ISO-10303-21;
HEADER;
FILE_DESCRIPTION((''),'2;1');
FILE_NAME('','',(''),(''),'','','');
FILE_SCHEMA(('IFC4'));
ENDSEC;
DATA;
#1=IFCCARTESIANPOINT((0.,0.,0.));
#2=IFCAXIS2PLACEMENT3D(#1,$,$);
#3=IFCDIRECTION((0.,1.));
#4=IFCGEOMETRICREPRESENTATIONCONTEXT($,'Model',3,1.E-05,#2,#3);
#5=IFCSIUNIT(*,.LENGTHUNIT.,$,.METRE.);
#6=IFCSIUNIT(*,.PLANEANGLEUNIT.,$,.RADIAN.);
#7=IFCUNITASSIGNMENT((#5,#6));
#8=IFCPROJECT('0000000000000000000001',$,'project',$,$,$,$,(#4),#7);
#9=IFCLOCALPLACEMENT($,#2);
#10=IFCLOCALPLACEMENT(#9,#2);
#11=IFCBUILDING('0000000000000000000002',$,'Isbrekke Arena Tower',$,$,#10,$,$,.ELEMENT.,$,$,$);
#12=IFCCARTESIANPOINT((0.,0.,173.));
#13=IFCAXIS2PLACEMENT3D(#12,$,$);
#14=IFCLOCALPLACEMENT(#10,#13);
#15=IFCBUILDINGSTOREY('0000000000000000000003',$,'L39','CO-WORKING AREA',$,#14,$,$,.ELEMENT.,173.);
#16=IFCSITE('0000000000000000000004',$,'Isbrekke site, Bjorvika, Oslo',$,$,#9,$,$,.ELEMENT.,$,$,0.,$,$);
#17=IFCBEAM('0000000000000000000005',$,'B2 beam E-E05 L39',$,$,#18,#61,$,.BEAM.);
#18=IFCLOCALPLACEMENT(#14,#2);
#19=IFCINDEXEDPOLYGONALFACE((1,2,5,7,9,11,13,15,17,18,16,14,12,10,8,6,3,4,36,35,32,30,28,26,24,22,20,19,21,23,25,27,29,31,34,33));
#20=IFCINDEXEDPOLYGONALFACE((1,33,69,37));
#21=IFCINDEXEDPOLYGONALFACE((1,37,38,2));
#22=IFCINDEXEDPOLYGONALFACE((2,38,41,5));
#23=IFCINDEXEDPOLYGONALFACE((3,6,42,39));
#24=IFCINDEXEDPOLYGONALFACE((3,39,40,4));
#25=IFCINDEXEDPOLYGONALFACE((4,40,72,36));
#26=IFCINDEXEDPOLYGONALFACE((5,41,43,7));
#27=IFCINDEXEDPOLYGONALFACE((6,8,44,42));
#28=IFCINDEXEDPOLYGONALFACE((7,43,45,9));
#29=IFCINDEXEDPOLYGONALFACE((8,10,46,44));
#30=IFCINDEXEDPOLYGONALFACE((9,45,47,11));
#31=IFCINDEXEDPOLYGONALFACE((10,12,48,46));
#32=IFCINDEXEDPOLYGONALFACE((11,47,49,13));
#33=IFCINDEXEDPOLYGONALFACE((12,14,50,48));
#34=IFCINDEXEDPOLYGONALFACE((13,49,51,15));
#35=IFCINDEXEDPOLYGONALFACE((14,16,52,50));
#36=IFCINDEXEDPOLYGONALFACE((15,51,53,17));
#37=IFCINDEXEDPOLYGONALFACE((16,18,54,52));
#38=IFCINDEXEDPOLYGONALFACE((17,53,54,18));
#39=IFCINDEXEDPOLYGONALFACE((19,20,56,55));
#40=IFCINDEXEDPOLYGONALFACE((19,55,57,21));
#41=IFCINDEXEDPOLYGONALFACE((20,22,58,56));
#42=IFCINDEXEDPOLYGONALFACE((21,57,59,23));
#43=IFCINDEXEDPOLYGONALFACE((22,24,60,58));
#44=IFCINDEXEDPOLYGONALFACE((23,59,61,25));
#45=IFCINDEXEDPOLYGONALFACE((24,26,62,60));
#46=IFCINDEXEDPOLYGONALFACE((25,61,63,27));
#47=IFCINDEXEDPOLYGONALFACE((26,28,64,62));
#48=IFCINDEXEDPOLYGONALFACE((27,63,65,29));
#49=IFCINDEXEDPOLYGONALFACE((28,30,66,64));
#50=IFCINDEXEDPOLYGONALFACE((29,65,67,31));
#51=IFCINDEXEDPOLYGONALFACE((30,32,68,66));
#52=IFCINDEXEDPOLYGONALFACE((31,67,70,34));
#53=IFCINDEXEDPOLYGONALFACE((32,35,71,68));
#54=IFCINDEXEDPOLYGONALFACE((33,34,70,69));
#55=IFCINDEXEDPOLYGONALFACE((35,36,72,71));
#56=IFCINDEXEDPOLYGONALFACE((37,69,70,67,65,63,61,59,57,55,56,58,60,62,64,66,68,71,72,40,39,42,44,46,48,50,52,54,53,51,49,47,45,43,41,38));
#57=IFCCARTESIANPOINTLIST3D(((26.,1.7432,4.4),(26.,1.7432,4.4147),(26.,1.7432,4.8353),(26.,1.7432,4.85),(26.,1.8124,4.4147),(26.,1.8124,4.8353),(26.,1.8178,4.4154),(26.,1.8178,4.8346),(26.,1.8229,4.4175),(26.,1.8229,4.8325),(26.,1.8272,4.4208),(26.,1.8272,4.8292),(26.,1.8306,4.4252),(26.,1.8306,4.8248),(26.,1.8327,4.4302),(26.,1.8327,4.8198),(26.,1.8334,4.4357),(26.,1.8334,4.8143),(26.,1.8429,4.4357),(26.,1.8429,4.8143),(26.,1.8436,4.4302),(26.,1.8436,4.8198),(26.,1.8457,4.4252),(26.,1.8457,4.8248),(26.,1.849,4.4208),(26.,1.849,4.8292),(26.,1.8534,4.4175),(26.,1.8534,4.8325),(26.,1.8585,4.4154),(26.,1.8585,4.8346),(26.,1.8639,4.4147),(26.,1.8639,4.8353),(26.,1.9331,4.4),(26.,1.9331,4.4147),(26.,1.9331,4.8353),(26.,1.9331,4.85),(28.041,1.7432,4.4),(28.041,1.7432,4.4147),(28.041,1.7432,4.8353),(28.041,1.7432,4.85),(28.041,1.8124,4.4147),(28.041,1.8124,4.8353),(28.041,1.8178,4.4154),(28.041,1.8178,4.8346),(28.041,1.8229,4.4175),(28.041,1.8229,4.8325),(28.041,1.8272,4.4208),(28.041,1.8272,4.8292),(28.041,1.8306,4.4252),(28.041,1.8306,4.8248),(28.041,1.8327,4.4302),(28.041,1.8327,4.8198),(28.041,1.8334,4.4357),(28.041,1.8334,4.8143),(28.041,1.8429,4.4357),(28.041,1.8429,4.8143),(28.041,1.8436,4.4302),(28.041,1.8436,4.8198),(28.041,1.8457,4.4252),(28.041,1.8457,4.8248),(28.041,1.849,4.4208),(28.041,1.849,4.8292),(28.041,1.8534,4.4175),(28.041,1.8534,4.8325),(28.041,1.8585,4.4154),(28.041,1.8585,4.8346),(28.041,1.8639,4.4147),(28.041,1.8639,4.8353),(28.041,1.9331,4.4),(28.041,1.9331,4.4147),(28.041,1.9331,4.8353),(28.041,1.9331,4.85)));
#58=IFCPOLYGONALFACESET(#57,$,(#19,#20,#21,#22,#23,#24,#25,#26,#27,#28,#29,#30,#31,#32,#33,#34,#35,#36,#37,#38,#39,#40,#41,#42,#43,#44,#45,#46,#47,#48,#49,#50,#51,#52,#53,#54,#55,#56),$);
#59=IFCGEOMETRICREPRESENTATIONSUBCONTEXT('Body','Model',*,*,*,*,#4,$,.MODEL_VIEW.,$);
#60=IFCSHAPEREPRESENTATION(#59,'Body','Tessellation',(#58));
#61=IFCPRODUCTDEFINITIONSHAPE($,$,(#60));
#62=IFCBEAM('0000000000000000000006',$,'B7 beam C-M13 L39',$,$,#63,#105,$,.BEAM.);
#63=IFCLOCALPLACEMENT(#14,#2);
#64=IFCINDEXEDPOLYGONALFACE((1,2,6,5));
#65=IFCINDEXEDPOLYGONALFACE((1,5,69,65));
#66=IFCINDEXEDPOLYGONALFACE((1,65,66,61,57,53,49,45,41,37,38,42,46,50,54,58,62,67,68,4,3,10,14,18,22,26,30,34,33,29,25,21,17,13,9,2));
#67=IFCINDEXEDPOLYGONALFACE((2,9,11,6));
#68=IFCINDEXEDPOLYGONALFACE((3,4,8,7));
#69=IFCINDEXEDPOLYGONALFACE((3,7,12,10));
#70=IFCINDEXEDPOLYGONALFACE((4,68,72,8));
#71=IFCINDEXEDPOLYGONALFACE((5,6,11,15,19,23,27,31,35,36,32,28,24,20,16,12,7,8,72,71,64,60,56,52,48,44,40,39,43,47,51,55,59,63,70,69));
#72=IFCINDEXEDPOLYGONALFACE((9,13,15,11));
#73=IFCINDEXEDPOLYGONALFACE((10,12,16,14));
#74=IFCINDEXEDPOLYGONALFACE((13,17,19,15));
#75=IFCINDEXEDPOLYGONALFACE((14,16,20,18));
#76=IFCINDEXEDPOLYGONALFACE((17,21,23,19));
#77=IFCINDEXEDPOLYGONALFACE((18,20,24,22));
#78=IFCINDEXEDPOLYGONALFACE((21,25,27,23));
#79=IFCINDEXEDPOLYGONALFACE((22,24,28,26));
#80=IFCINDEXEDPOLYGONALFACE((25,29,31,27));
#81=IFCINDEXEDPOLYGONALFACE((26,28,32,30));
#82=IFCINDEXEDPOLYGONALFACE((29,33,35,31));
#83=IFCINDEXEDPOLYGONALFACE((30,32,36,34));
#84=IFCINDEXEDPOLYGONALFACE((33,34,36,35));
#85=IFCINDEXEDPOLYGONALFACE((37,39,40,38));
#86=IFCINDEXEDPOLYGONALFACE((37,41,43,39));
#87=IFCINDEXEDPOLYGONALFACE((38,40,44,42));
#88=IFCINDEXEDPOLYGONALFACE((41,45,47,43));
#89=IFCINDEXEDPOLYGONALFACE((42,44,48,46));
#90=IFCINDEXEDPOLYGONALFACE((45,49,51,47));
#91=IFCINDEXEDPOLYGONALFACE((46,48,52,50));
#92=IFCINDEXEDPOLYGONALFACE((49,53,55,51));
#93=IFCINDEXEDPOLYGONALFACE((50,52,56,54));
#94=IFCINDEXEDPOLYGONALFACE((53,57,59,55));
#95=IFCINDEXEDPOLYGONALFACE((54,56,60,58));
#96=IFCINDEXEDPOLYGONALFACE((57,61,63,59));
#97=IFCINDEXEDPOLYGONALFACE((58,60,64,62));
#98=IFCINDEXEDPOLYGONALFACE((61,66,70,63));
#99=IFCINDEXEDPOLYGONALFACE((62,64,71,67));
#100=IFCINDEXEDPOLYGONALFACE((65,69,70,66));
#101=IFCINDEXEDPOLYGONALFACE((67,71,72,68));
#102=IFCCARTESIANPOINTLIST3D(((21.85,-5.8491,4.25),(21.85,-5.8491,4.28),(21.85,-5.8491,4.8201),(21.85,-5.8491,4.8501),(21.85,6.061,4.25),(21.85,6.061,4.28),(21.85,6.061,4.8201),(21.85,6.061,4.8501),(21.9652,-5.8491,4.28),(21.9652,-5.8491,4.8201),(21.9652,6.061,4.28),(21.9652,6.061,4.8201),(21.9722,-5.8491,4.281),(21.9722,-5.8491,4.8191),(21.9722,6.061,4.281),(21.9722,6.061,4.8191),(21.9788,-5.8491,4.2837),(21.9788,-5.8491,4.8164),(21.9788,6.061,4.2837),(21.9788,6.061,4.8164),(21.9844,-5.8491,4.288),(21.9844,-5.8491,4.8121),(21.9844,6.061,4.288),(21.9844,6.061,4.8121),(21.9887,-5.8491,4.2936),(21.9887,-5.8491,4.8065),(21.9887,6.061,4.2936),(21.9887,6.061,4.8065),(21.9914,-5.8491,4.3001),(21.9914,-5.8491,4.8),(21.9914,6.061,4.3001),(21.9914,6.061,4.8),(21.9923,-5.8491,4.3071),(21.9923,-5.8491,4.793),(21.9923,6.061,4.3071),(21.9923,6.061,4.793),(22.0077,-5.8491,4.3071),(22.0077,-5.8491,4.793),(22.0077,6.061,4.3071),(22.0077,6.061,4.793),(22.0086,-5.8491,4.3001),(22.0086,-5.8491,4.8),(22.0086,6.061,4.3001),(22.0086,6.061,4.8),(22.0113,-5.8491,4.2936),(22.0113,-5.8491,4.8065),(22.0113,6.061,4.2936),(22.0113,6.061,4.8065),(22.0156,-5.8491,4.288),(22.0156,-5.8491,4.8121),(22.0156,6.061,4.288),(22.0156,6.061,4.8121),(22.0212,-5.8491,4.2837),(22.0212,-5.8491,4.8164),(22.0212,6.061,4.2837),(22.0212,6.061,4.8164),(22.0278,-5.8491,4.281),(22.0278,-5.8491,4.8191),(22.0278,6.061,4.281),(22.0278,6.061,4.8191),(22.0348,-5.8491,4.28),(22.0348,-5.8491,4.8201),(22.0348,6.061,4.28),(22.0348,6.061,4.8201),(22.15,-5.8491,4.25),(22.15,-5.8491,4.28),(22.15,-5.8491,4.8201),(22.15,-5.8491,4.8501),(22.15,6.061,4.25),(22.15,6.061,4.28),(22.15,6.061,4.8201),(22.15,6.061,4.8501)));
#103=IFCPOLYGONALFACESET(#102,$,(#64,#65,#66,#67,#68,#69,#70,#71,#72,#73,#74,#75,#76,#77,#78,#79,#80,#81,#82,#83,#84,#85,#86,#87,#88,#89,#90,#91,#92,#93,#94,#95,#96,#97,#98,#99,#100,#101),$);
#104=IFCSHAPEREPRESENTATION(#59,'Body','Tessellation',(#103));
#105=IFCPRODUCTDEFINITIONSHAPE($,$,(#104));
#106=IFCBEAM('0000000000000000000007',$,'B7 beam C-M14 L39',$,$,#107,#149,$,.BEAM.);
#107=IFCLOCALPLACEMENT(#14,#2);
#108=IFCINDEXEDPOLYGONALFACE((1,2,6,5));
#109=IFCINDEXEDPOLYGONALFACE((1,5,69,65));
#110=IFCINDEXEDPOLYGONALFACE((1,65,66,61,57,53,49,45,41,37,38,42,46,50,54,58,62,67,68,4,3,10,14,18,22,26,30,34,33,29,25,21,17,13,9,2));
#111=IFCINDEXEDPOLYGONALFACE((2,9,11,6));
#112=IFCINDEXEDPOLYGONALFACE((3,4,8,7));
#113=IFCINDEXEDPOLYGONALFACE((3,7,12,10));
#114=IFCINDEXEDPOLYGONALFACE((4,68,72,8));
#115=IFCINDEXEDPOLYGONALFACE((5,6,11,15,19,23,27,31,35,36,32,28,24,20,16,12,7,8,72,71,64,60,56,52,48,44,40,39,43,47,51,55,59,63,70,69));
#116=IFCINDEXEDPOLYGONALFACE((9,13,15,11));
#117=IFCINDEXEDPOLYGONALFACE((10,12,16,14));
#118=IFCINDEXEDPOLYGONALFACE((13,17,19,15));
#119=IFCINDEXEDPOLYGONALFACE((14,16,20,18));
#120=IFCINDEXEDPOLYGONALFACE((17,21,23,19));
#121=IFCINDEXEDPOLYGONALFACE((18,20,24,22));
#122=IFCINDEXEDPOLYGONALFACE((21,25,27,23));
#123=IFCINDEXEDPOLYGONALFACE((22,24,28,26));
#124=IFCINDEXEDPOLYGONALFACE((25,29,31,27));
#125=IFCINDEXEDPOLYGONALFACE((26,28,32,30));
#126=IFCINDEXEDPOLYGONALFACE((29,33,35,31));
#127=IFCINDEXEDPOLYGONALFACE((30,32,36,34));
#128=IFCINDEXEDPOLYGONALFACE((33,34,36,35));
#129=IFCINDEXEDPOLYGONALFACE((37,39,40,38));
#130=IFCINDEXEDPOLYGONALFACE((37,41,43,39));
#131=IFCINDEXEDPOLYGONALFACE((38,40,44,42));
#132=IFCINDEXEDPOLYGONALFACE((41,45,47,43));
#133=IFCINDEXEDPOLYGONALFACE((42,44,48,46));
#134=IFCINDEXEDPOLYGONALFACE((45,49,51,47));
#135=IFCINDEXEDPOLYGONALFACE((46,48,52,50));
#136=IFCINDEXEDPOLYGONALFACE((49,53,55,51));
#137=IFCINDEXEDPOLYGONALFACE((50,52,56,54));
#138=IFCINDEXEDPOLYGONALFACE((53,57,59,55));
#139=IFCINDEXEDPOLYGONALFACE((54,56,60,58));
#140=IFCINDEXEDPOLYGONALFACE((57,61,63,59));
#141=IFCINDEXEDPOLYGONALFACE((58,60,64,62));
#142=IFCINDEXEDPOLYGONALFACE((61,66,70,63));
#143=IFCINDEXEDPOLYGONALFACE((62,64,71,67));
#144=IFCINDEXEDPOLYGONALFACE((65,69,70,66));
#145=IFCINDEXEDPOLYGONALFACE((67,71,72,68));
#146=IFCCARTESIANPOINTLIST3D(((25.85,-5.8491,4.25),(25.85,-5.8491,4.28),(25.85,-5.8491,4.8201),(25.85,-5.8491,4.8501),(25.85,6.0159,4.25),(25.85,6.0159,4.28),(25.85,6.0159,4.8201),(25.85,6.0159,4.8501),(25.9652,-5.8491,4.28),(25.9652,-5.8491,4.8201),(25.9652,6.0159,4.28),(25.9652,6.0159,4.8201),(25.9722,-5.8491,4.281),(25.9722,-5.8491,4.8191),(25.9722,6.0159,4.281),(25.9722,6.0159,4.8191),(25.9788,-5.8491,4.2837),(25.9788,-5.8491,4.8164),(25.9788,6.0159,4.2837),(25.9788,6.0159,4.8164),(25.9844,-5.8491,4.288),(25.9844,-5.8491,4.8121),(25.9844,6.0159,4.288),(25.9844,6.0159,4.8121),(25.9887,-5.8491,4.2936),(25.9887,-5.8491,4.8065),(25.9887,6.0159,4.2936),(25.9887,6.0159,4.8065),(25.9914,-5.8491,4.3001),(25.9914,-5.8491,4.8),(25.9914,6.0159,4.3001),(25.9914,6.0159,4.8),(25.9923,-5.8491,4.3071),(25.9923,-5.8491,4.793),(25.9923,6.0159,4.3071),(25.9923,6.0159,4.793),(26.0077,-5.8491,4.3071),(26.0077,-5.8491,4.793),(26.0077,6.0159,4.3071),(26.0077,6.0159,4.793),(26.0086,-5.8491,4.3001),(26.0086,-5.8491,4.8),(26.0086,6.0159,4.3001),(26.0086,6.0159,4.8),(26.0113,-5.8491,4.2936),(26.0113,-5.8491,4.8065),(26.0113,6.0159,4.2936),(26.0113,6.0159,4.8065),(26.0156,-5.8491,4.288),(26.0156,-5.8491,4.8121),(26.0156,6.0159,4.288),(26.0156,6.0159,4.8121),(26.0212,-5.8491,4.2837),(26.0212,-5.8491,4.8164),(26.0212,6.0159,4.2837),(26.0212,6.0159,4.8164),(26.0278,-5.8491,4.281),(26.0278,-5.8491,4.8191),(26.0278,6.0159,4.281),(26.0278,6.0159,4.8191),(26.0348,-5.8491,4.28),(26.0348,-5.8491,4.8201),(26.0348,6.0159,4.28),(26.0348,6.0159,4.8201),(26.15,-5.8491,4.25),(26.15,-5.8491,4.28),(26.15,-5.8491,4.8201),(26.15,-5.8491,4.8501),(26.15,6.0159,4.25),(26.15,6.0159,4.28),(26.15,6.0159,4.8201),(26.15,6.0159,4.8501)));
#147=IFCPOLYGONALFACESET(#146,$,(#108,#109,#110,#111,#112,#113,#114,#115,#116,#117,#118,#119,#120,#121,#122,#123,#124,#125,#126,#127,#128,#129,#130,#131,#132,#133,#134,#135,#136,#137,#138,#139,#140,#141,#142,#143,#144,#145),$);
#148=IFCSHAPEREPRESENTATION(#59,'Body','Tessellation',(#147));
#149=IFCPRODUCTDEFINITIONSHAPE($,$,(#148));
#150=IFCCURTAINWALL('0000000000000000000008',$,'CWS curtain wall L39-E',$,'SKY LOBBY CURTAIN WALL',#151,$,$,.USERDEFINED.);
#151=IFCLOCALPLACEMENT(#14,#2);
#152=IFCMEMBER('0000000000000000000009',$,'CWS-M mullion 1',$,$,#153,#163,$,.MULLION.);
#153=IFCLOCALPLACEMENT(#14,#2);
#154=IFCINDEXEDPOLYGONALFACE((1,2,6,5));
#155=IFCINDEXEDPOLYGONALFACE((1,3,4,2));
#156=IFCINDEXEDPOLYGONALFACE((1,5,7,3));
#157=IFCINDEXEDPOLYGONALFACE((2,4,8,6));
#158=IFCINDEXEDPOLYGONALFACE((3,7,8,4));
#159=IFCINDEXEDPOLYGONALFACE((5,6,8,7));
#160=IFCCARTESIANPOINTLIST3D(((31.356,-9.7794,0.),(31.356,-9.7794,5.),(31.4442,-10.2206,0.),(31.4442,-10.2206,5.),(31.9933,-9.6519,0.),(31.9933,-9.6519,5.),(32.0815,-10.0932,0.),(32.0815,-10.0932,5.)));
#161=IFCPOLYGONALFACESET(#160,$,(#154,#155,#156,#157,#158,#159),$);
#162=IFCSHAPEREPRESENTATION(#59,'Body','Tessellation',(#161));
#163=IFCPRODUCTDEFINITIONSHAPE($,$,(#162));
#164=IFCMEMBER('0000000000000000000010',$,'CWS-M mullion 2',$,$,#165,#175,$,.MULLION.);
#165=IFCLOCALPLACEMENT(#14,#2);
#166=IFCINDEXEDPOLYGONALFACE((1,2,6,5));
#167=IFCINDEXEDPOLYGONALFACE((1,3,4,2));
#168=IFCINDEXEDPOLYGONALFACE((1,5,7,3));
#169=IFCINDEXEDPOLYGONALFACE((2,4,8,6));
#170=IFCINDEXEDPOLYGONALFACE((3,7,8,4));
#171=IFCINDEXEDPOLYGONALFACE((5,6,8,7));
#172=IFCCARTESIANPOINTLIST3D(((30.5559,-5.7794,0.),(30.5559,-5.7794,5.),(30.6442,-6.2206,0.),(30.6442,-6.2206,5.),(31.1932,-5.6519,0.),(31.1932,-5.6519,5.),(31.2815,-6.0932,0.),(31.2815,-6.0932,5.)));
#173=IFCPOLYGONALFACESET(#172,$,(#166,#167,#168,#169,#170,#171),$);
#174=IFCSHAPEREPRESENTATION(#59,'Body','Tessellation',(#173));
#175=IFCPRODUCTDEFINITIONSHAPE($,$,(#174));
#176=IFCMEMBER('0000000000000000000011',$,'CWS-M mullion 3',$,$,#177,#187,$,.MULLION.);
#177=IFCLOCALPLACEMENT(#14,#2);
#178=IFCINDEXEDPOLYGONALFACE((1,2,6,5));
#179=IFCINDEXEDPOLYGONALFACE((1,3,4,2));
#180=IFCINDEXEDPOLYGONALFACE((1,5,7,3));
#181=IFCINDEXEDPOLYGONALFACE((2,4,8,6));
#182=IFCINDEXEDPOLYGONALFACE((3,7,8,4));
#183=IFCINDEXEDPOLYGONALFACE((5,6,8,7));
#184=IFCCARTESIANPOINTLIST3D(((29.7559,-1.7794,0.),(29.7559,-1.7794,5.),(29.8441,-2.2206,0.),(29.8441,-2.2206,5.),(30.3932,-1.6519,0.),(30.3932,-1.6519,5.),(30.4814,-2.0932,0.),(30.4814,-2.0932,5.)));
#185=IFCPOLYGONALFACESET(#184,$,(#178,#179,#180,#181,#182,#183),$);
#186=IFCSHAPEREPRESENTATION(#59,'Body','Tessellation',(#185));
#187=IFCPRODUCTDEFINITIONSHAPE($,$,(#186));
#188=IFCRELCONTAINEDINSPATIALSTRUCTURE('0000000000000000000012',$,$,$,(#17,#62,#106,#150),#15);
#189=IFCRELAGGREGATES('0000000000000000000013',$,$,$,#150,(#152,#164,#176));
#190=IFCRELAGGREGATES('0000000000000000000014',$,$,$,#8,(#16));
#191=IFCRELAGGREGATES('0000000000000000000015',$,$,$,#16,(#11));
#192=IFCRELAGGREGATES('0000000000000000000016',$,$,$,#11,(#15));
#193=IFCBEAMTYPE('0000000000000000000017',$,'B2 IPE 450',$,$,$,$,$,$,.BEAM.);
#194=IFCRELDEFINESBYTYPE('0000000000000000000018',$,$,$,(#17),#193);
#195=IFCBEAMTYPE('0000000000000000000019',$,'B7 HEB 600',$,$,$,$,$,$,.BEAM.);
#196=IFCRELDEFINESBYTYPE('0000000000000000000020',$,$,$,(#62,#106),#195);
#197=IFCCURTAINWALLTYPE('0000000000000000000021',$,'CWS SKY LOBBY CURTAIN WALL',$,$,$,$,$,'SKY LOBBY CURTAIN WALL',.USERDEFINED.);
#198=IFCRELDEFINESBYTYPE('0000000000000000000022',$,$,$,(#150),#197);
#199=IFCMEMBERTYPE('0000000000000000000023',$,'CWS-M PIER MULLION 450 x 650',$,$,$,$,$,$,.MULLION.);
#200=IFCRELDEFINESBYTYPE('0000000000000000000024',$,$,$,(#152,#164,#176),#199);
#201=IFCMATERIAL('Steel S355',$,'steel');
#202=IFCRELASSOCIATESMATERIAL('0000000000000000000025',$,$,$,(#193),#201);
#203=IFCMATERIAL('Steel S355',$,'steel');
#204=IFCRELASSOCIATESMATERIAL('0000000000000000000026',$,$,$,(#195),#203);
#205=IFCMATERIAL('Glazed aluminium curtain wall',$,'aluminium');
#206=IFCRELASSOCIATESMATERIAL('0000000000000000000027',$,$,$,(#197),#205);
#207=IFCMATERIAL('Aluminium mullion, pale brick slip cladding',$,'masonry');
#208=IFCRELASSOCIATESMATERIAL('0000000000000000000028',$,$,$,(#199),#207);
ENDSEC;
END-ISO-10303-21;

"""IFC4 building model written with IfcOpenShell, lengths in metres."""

from ifc_helpers import new_model, si_unit, direction, frame, origin, origin_2d, place, context, subcontext, project, spatial, rectangle, i_section, extrude, material, material_profile, profile_set, type_object, element, aggregate, save


model = new_model("IFC4")

# Units and contexts
model_context = context("Model", 3, precision=1e-05, world=origin(), true_north=direction((0.0, 1.0)))
body_context = subcontext(model_context, "Body", "Model", "MODEL_VIEW")
ifc_project = project(units=[si_unit("LENGTHUNIT", "METRE"), si_unit("PLANEANGLEUNIT", "RADIAN")], contexts=[model_context])

# Site, building, storey
site_placement = place(None, origin())
site = spatial("IfcSite", under=ifc_project, at=site_placement, Name="Isbrekke site, Bjorvika, Oslo", CompositionType="ELEMENT", RefElevation=0.0)
building_placement = place(site_placement, origin())
building = spatial("IfcBuilding", under=site, at=building_placement, Name="Isbrekke Arena Tower", CompositionType="ELEMENT")
storey_placement = place(building_placement, frame((0.0, 0.0, 173.0)))
storey = spatial("IfcBuildingStorey", under=building, at=storey_placement, Name="L39", Description="CO-WORKING AREA", CompositionType="ELEMENT", Elevation=173.0)

# Beams
ifc_material_1 = material(Name="Steel S355", Category="steel")
ifc_material_profile_1 = material_profile(ifc_material_1, i_section(OverallWidth=0.1899, OverallDepth=0.45, WebThickness=0.0095, FlangeThickness=0.0146, FilletRadius=0.021, at=origin_2d()), Name="IPE 450")
ifc_profile_set_1 = profile_set([ifc_material_profile_1], Name="Steel S355")
beam_type_1 = type_object("IfcBeamType", Name="B2 IPE 450", PredefinedType="BEAM", material=ifc_profile_set_1)
beam_1_placement = place(storey_placement, frame((28.041, 1.8381, 4.625), z_axis=(-1.0, 0.0, 0.0), x_axis=(0.0, -1.0, 0.0)))
element("IfcBeam", 1, at=beam_1_placement, inside=storey, type_object=beam_type_1, Name="B2 beam E-E05 L39", PredefinedType="BEAM", context=body_context, shape_type="SweptSolid", body=[
    extrude(i_section(OverallWidth=0.1899, OverallDepth=0.45, WebThickness=0.0095, FlangeThickness=0.0146, FilletRadius=0.021, at=origin_2d()), origin(), (0.0, 0.0, 1.0), 2.041),
])
ifc_material_2 = material(Name="Steel S355", Category="steel")
ifc_material_profile_2 = material_profile(ifc_material_2, i_section(OverallWidth=0.3, OverallDepth=0.6001, WebThickness=0.0154, FlangeThickness=0.03, FilletRadius=0.0271, at=origin_2d()), Name="HEB 600")
ifc_profile_set_2 = profile_set([ifc_material_profile_2], Name="Steel S355")
beam_type_2 = type_object("IfcBeamType", Name="B7 HEB 600", PredefinedType="BEAM", material=ifc_profile_set_2)
beam_2_placement = place(storey_placement, frame((22.0, -5.8491, 4.55), z_axis=(0.0, 1.0, 0.0), x_axis=(-1.0, 0.0, 0.0)))
element("IfcBeam", 2, at=beam_2_placement, inside=storey, type_object=beam_type_2, Name="B7 beam C-M13 L39", PredefinedType="BEAM", context=body_context, shape_type="SweptSolid", body=[
    extrude(i_section(OverallWidth=0.3, OverallDepth=0.6001, WebThickness=0.0154, FlangeThickness=0.03, FilletRadius=0.0271, at=origin_2d()), origin(), (0.0, 0.0, 1.0), 11.9102),
])
beam_3_placement = place(storey_placement, frame((26.0, -5.8491, 4.55), z_axis=(0.0, 1.0, 0.0), x_axis=(-1.0, 0.0, 0.0)))
element("IfcBeam", 3, at=beam_3_placement, inside=storey, type_object=beam_type_2, Name="B7 beam C-M14 L39", PredefinedType="BEAM", context=body_context, shape_type="SweptSolid", body=[
    extrude(i_section(OverallWidth=0.3, OverallDepth=0.6001, WebThickness=0.0154, FlangeThickness=0.03, FilletRadius=0.0271, at=origin_2d()), origin(), (0.0, 0.0, 1.0), 11.865),
])

# Curtain wall, members
ifc_material_3 = material(Name="Glazed aluminium curtain wall", Category="aluminium")
curtain_wall_type = type_object("IfcCurtainWallType", Name="CWS SKY LOBBY CURTAIN WALL", ElementType="SKY LOBBY CURTAIN WALL", PredefinedType="USERDEFINED", material=ifc_material_3)
curtain_wall_placement = place(storey_placement, origin())
curtain_wall = element("IfcCurtainWall", 4, at=curtain_wall_placement, inside=storey, type_object=curtain_wall_type, Name="CWS curtain wall L39-E", ObjectType="SKY LOBBY CURTAIN WALL", PredefinedType="USERDEFINED")
ifc_material_4 = material(Name="Aluminium mullion, pale brick slip cladding", Category="masonry")
ifc_material_profile_3 = material_profile(ifc_material_4, rectangle(XDim=0.45, YDim=0.6499, at=origin_2d()), Name="PIER 450X650")
ifc_profile_set_3 = profile_set([ifc_material_profile_3], Name="Aluminium mullion, pale brick slip cladding")
member_type_1 = type_object("IfcMemberType", Name="CWS-M PIER MULLION 450 x 650", PredefinedType="MULLION", material=ifc_profile_set_3)
member_1_placement = place(storey_placement, frame((31.7188, -9.9363, 0.0), z_axis=(0.0, 0.0, 1.0), x_axis=(-0.196116, 0.980581, 0.0)))
member_1 = element("IfcMember", 5, at=member_1_placement, type_object=member_type_1, Name="CWS-M mullion 1", PredefinedType="MULLION", context=body_context, shape_type="SweptSolid", body=[
    extrude(rectangle(XDim=0.45, YDim=0.6499, at=origin_2d()), origin(), (0.0, 0.0, 1.0), 5.0),
])
member_2_placement = place(storey_placement, frame((30.9187, -5.9363, 0.0), z_axis=(0.0, 0.0, 1.0), x_axis=(-0.196116, 0.980581, 0.0)))
member_2 = element("IfcMember", 6, at=member_2_placement, type_object=member_type_1, Name="CWS-M mullion 2", PredefinedType="MULLION", context=body_context, shape_type="SweptSolid", body=[
    extrude(rectangle(XDim=0.45, YDim=0.6499, at=origin_2d()), origin(), (0.0, 0.0, 1.0), 5.0),
])
member_3_placement = place(storey_placement, frame((30.1187, -1.9363, 0.0), z_axis=(0.0, 0.0, 1.0), x_axis=(-0.196116, 0.980581, 0.0)))
member_3 = element("IfcMember", 7, at=member_3_placement, type_object=member_type_1, Name="CWS-M mullion 3", PredefinedType="MULLION", context=body_context, shape_type="SweptSolid", body=[
    extrude(rectangle(XDim=0.45, YDim=0.6499, at=origin_2d()), origin(), (0.0, 0.0, 1.0), 5.0),
])

aggregate(curtain_wall, [member_1, member_2, member_3])

save(model, "model.ifc")
